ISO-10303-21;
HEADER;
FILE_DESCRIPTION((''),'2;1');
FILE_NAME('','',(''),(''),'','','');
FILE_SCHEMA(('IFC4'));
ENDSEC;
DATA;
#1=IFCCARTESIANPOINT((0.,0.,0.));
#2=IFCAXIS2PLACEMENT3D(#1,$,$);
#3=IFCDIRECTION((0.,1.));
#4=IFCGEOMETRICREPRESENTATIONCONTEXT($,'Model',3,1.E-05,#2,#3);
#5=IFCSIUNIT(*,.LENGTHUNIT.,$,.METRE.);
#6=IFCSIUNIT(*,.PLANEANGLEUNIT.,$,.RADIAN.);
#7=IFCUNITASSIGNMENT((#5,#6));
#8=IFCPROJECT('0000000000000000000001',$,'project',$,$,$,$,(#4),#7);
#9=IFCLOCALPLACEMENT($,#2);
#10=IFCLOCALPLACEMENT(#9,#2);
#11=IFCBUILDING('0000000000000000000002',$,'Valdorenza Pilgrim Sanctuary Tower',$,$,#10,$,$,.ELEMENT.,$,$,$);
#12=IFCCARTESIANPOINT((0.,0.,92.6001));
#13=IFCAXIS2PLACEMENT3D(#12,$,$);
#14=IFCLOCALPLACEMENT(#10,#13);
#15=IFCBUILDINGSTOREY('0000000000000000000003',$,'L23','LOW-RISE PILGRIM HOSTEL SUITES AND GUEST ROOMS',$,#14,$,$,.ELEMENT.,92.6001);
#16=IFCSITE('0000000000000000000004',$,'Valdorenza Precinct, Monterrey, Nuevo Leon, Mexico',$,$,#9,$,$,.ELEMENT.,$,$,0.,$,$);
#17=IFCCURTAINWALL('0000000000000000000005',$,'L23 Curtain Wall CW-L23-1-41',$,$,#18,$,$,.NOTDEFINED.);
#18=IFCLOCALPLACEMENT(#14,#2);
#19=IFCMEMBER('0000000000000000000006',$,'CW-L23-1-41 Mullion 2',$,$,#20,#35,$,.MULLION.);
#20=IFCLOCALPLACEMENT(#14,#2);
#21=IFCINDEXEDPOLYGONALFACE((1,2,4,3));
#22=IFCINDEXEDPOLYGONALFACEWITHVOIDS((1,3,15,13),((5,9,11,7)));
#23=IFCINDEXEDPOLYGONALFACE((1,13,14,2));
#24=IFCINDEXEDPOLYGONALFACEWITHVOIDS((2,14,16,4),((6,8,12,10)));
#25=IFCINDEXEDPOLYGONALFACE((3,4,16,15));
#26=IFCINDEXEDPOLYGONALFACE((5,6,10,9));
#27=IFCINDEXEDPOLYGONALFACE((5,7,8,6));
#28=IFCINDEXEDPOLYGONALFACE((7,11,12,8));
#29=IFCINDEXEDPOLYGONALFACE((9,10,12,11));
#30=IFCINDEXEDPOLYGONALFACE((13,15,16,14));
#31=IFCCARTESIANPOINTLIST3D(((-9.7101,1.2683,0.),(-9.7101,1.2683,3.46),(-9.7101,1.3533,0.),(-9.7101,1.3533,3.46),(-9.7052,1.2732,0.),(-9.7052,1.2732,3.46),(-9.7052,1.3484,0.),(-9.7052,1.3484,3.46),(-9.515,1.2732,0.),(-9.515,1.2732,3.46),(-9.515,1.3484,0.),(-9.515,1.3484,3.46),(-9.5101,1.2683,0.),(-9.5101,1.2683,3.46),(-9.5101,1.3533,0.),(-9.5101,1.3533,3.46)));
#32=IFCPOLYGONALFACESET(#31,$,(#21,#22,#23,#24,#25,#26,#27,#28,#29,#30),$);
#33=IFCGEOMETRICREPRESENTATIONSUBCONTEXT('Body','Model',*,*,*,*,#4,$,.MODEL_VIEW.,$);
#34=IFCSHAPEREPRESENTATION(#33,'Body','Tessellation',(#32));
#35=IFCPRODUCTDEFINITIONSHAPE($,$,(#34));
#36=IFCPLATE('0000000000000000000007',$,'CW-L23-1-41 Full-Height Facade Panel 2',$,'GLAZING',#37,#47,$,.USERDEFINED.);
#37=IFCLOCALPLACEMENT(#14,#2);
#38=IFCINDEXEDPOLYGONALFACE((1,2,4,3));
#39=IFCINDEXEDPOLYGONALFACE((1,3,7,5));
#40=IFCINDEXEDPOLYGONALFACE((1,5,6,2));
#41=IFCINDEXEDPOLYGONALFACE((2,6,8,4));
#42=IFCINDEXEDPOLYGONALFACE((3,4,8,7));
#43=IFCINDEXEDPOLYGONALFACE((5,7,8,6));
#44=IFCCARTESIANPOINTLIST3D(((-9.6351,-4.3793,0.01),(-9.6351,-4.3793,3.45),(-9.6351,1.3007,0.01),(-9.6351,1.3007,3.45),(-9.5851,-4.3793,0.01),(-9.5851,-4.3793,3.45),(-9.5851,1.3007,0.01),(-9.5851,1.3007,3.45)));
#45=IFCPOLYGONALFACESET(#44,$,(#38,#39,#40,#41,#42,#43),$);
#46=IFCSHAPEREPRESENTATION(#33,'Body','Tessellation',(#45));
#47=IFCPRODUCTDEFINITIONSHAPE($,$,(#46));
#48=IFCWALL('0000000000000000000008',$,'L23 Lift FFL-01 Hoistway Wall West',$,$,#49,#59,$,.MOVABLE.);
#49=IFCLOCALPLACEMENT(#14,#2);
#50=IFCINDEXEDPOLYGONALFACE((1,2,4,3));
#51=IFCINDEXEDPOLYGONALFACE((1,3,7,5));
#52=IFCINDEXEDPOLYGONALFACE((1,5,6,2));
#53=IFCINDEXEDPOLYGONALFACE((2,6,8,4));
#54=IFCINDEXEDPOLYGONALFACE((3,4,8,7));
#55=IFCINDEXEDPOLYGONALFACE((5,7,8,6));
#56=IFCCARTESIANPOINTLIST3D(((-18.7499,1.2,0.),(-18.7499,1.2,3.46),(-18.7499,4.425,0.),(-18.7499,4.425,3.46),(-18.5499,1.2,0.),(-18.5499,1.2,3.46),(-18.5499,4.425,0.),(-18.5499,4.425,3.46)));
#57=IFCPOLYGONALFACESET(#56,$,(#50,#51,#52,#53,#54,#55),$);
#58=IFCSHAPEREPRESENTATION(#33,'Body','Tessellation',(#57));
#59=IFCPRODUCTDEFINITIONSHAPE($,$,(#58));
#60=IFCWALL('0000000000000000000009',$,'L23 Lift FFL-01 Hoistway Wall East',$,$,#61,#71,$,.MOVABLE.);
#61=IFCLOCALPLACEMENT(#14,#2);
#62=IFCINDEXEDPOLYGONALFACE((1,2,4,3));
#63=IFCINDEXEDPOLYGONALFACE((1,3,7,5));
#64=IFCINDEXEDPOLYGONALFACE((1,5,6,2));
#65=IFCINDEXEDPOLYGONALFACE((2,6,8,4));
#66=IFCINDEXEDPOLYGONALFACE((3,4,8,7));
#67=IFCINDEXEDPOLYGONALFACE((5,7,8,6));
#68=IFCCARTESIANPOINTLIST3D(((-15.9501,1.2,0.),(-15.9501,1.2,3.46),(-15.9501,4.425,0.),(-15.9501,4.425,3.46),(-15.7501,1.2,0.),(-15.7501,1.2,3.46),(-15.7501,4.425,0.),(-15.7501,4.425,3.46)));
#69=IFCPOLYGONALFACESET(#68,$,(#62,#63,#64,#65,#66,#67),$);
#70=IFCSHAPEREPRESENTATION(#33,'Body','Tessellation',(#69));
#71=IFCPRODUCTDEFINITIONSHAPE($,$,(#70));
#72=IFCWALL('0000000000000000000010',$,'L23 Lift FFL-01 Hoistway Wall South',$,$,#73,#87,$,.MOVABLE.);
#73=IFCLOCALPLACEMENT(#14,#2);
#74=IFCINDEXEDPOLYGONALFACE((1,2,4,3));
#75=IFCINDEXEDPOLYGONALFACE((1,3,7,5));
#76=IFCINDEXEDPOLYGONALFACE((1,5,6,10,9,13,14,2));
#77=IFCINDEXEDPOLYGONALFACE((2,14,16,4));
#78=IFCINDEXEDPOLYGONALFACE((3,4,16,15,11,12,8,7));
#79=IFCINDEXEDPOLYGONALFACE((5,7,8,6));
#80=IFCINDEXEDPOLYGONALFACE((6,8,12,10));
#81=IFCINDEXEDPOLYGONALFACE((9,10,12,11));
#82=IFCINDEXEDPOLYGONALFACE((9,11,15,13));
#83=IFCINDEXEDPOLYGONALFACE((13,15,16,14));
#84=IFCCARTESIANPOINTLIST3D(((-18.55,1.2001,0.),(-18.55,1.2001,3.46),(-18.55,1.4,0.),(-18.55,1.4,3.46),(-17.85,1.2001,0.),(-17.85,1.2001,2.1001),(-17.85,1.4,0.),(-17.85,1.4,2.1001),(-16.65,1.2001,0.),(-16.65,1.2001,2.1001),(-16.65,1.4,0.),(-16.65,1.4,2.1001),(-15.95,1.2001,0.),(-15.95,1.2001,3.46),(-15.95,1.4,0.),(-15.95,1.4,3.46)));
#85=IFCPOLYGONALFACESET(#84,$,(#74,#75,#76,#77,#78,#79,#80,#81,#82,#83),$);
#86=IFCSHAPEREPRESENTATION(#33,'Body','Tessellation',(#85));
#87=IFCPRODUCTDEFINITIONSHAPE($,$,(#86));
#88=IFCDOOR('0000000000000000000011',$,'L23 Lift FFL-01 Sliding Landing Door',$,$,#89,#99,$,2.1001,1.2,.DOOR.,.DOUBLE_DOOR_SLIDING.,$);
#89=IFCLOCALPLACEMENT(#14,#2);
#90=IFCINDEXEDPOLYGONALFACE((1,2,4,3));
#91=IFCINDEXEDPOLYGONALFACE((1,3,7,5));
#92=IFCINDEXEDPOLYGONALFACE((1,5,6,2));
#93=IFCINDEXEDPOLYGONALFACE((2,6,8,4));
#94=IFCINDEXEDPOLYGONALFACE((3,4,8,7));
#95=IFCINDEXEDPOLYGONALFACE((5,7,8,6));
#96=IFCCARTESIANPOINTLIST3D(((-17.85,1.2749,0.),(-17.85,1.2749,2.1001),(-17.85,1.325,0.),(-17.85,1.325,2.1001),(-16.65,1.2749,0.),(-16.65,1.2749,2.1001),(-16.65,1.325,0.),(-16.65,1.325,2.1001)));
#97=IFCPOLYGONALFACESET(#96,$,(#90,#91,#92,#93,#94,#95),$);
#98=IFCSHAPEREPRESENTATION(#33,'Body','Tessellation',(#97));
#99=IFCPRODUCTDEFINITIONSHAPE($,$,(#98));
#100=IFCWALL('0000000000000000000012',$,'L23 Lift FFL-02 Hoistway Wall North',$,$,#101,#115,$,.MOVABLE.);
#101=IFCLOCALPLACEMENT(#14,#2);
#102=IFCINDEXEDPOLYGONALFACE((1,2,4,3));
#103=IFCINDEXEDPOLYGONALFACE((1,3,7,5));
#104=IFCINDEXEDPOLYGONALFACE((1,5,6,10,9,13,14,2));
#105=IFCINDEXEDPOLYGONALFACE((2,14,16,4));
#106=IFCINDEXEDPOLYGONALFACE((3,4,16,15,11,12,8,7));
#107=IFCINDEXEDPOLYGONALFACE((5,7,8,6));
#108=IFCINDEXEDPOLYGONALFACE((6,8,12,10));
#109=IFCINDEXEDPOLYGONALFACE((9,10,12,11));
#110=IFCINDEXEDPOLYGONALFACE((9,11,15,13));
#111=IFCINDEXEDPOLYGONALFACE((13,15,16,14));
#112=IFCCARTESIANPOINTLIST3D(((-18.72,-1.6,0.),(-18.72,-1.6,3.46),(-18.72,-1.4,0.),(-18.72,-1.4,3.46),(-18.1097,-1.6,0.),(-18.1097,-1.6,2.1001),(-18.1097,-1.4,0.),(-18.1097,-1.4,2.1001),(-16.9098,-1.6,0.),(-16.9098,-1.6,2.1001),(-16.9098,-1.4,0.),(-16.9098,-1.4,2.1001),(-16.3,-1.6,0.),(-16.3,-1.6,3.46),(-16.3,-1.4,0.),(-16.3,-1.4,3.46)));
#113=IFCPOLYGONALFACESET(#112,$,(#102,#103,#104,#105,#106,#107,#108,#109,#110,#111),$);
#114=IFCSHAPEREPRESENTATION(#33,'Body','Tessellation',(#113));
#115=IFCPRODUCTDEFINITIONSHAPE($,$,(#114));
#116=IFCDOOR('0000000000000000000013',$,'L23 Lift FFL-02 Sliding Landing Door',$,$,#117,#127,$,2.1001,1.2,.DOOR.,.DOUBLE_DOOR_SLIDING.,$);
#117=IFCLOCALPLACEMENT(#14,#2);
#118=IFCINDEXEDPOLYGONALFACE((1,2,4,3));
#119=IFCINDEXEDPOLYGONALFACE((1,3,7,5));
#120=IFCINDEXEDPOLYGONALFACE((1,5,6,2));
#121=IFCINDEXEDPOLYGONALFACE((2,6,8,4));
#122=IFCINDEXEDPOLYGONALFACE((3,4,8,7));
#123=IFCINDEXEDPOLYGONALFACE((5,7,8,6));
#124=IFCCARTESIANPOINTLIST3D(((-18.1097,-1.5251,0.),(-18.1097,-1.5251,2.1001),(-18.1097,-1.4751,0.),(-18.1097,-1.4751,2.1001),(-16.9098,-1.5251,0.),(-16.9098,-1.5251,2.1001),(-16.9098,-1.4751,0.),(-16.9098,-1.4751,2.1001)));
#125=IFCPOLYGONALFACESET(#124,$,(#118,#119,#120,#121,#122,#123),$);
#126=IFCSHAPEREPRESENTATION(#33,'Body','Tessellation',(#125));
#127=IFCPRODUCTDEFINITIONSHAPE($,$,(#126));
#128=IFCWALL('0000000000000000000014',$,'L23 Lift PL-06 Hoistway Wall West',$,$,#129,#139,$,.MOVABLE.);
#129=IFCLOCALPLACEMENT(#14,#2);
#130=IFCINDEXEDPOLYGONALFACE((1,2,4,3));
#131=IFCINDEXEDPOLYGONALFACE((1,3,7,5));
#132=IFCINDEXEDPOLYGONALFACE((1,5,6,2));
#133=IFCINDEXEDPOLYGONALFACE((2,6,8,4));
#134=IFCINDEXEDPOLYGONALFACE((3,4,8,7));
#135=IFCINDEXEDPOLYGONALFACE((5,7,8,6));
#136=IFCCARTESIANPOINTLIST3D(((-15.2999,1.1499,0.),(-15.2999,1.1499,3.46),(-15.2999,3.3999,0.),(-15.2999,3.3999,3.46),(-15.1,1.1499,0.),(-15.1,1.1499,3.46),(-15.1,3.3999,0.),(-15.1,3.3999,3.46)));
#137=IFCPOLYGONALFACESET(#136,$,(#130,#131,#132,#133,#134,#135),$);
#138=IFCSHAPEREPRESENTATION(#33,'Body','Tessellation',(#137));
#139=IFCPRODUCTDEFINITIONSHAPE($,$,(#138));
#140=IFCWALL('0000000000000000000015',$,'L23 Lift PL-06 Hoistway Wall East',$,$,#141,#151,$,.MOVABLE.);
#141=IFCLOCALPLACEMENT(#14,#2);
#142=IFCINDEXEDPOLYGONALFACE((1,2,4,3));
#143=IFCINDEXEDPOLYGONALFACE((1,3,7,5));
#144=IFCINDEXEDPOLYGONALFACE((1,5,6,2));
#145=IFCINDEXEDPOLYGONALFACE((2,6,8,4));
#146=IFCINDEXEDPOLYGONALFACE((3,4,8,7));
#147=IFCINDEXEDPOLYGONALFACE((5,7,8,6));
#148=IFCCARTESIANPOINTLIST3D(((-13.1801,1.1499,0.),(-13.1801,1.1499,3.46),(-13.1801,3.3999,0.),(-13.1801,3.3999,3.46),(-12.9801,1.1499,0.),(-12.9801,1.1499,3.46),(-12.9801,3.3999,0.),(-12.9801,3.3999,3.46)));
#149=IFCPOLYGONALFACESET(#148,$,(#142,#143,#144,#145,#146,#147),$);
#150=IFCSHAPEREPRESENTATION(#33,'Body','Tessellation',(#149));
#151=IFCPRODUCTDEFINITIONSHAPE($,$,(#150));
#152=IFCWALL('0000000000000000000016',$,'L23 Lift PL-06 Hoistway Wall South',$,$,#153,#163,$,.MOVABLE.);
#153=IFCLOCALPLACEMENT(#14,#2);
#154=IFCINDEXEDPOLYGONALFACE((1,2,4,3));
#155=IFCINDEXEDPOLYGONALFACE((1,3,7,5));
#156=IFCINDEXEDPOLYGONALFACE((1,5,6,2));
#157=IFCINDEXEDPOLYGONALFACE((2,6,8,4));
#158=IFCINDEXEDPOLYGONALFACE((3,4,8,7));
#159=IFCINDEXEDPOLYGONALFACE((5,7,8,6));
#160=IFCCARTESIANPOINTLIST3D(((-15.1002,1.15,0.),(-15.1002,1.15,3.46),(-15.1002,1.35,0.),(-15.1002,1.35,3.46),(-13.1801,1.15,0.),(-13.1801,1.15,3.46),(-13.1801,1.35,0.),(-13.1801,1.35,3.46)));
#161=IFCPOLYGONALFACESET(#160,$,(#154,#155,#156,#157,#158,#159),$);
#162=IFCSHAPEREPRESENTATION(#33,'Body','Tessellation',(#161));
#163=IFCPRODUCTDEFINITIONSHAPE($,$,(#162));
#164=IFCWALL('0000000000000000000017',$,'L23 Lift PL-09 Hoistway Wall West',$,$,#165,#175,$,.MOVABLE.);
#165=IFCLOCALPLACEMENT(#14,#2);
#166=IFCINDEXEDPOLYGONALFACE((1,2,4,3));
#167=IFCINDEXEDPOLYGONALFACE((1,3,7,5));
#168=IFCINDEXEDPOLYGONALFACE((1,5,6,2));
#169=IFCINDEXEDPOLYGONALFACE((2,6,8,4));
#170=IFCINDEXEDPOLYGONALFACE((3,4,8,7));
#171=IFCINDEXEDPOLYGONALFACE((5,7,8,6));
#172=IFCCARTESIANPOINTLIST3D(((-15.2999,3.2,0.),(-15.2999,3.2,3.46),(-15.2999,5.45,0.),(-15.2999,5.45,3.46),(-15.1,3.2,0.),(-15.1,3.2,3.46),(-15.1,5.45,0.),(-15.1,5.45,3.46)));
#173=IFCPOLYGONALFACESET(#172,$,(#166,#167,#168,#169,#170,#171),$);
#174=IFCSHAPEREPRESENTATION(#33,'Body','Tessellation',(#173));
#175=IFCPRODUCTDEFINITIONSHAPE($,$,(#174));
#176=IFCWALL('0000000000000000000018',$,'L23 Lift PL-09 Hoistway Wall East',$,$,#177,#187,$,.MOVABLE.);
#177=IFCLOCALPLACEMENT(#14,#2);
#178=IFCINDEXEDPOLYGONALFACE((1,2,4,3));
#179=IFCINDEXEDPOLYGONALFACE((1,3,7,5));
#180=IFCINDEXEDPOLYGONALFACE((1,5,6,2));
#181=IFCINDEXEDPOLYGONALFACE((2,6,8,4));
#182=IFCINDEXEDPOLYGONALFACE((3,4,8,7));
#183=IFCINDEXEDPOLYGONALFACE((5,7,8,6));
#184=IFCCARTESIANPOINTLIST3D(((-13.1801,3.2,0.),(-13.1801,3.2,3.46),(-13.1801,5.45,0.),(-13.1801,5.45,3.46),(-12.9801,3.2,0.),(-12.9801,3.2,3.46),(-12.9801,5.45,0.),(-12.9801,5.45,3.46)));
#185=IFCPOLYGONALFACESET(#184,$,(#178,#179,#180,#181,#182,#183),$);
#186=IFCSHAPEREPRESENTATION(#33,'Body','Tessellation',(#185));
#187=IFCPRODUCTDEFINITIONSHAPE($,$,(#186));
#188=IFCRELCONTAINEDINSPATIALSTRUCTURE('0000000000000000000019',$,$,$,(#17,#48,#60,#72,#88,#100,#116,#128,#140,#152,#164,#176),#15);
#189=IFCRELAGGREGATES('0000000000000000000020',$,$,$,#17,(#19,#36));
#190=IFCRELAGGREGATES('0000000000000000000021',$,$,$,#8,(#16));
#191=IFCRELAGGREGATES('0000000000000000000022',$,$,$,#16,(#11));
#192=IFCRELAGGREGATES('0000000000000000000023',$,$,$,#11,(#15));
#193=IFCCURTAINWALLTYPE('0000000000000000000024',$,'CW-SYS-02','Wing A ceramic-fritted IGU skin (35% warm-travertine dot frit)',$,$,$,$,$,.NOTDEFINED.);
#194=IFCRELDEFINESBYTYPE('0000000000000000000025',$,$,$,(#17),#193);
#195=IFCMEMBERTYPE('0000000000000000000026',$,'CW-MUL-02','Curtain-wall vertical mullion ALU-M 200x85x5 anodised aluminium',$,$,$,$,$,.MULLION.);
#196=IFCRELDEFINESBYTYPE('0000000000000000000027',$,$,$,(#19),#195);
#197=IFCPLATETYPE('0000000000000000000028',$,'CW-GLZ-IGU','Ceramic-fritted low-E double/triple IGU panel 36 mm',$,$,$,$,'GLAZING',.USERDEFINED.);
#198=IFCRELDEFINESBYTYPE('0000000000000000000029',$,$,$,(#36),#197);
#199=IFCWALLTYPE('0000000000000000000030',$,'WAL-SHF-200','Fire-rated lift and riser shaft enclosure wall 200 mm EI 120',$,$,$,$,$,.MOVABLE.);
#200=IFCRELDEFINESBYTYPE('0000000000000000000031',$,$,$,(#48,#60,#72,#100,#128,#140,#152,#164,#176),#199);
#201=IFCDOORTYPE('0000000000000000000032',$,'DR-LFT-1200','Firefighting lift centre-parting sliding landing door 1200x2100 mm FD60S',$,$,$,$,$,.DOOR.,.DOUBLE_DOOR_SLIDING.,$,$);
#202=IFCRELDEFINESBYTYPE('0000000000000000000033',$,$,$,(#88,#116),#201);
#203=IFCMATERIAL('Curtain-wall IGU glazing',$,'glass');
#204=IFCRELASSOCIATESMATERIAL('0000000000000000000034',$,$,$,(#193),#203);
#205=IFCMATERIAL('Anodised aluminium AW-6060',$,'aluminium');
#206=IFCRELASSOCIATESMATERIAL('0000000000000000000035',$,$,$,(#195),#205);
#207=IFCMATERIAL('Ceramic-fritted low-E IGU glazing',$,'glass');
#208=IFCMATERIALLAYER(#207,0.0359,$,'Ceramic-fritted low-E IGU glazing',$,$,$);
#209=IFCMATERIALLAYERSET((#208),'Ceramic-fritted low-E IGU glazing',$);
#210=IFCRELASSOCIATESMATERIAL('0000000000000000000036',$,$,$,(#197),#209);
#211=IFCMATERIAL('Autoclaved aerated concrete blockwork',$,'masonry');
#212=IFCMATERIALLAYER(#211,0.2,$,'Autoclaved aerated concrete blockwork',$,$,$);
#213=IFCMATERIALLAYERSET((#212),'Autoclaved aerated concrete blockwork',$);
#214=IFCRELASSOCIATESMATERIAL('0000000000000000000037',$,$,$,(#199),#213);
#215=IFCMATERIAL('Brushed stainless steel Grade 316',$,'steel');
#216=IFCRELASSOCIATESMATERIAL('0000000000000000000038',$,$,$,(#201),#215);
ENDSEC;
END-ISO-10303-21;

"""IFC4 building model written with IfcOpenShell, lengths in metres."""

from ifc_helpers import new_model, si_unit, direction, frame, frame_2d, origin, origin_2d, place, context, subcontext, project, spatial, rectangle, hollow_rectangle, extrude, source, transform, mapped, material, layer, layer_set, material_profile, profile_set, type_object, element, fill, aggregate, save


model = new_model("IFC4")

# Units and contexts
model_context = context("Model", 3, precision=1e-05, world=origin(), true_north=direction((0.0, 1.0)))
body_context = subcontext(model_context, "Body", "Model", "MODEL_VIEW")
ifc_project = project(units=[si_unit("LENGTHUNIT", "METRE"), si_unit("PLANEANGLEUNIT", "RADIAN")], contexts=[model_context])

# Site, building, storey
site_placement = place(None, origin())
site = spatial("IfcSite", under=ifc_project, at=site_placement, Name="Valdorenza Precinct, Monterrey, Nuevo Leon, Mexico", CompositionType="ELEMENT", RefElevation=0.0)
building_placement = place(site_placement, origin())
building = spatial("IfcBuilding", under=site, at=building_placement, Name="Valdorenza Pilgrim Sanctuary Tower", CompositionType="ELEMENT")
storey_placement = place(building_placement, frame((0.0, 0.0, 92.6001)))
storey = spatial("IfcBuildingStorey", under=building, at=storey_placement, Name="L23", Description="LOW-RISE PILGRIM HOSTEL SUITES AND GUEST ROOMS", CompositionType="ELEMENT", Elevation=92.6001)

# Curtain wall, member, plate
ifc_material_1 = material(Name="Curtain-wall IGU glazing", Category="glass")
curtain_wall_type = type_object("IfcCurtainWallType", Name="CW-SYS-02", Description="Wing A ceramic-fritted IGU skin (35% warm-travertine dot frit)", PredefinedType="NOTDEFINED", material=ifc_material_1)
curtain_wall_placement = place(storey_placement, origin())
curtain_wall = element("IfcCurtainWall", 1, at=curtain_wall_placement, inside=storey, type_object=curtain_wall_type, Name="L23 Curtain Wall CW-L23-1-41", PredefinedType="NOTDEFINED")
ifc_material_2 = material(Name="Anodised aluminium AW-6060", Category="aluminium")
ifc_material_profile = material_profile(ifc_material_2, hollow_rectangle(XDim=0.085, YDim=0.2, WallThickness=0.0049, at=origin_2d()), Name="ALU-M 200x85x5")
ifc_profile_set = profile_set([ifc_material_profile], Name="Anodised aluminium AW-6060")
member_type = type_object("IfcMemberType", Name="CW-MUL-02", Description="Curtain-wall vertical mullion ALU-M 200x85x5 anodised aluminium", PredefinedType="MULLION", material=ifc_profile_set)
shared_shape_1 = source(origin(), body_context, "Body", "SweptSolid", [
    extrude(hollow_rectangle(XDim=0.085, YDim=0.2, WallThickness=0.0049, at=origin_2d()), origin(), (0.0, 0.0, 1.0), 3.46),
])
member_placement = place(storey_placement, frame((-9.6101, 1.3108, 0.0), z_axis=(0.0, 0.0, 1.0), x_axis=(0.0, -1.0, 0.0)))
member = element("IfcMember", 2, at=member_placement, type_object=member_type, Name="CW-L23-1-41 Mullion 2", PredefinedType="MULLION", context=body_context, shape_type="MappedRepresentation", body=[
    mapped(shared_shape_1, transform((0.0, 0.0, 0.0), x_axis=(1.0, 0.0, 0.0), y_axis=(0.0, 1.0, 0.0), z_axis=(0.0, 0.0, 1.0), scale=1.0)),
])
ifc_material_3 = material(Name="Ceramic-fritted low-E IGU glazing", Category="glass")
ifc_layer_1 = layer(ifc_material_3, 0.0359, Name="Ceramic-fritted low-E IGU glazing")
ifc_layer_set_1 = layer_set([ifc_layer_1], Name="Ceramic-fritted low-E IGU glazing")
plate_type = type_object("IfcPlateType", Name="CW-GLZ-IGU", Description="Ceramic-fritted low-E double/triple IGU panel 36 mm", ElementType="GLAZING", PredefinedType="USERDEFINED", material=ifc_layer_set_1)
shared_shape_2 = source(origin(), body_context, "Body", "SweptSolid", [
    extrude(rectangle(XDim=5.6799, YDim=0.05, at=origin_2d()), origin(), (0.0, 0.0, 1.0), 3.4399),
])
plate_placement = place(storey_placement, frame((-9.6101, -1.5393, 0.01), z_axis=(0.0, 0.0, 1.0), x_axis=(0.0, -1.0, 0.0)))
plate = element("IfcPlate", 3, at=plate_placement, type_object=plate_type, Name="CW-L23-1-41 Full-Height Facade Panel 2", ObjectType="GLAZING", PredefinedType="USERDEFINED", context=body_context, shape_type="MappedRepresentation", body=[
    mapped(shared_shape_2, transform((0.0, 0.0, 0.0), x_axis=(1.0, 0.0, 0.0), y_axis=(0.0, 1.0, 0.0), z_axis=(0.0, 0.0, 1.0), scale=1.0)),
])
aggregate(curtain_wall, [member, plate])

# Walls
ifc_material_4 = material(Name="Autoclaved aerated concrete blockwork", Category="masonry")
ifc_layer_2 = layer(ifc_material_4, 0.2, Name="Autoclaved aerated concrete blockwork")
ifc_layer_set_2 = layer_set([ifc_layer_2], Name="Autoclaved aerated concrete blockwork")
wall_type_1 = type_object("IfcWallType", Name="WAL-SHF-200", Description="Fire-rated lift and riser shaft enclosure wall 200 mm EI 120", PredefinedType="MOVABLE", material=ifc_layer_set_2)
for number, where, z_axis, x_axis, name in (
    (4, (-18.6499, 1.2, 0.0), (0.0, 0.0, 1.0), (0.0, 1.0, 0.0), "L23 Lift FFL-01 Hoistway Wall West"),
    (5, (-15.8501, 1.2, 0.0), (0.0, 0.0, 1.0), (0.0, 1.0, 0.0), "L23 Lift FFL-01 Hoistway Wall East"),
):
    element("IfcWall", number, at=place(storey_placement, frame(where, z_axis=z_axis, x_axis=x_axis)), inside=storey, type_object=wall_type_1, Name=name, PredefinedType="MOVABLE", context=body_context, shape_type="SweptSolid", body=[
        extrude(rectangle(XDim=3.2251, YDim=0.2, at=frame_2d((1.6125, 0.0))), origin(), (0.0, 0.0, 1.0), 3.46),
    ])

# Walls, openings, doors
wall_1_placement = place(storey_placement, frame((-18.55, 1.3, 0.0), z_axis=(0.0, 0.0, 1.0), x_axis=(1.0, 0.0, 0.0)))
wall_1 = element("IfcWall", 6, at=wall_1_placement, inside=storey, type_object=wall_type_1, Name="L23 Lift FFL-01 Hoistway Wall South", PredefinedType="MOVABLE", context=body_context, shape_type="SweptSolid", body=[
    extrude(rectangle(XDim=2.6001, YDim=0.2, at=frame_2d((1.3, 0.0))), origin(), (0.0, 0.0, 1.0), 3.46),
])
opening_1_placement = place(wall_1_placement, frame((0.7, 0.0, 0.0)))
opening_1 = element("IfcOpeningElement", 7, at=opening_1_placement, cuts=wall_1, PredefinedType="OPENING", context=body_context, shape_type="SweptSolid", body=[
    extrude(rectangle(XDim=1.2, YDim=2.1001, at=frame_2d((0.6001, 1.05))), frame((0.0, 0.1147, 0.0), z_axis=(0.0, -1.0, 0.0), x_axis=(1.0, 0.0, 0.0)), (0.0, 0.0, 1.0), 0.2297),
])
ifc_material_5 = material(Name="Brushed stainless steel Grade 316", Category="steel")
door_type_1 = type_object("IfcDoorType", Name="DR-LFT-1200", Description="Firefighting lift centre-parting sliding landing door 1200x2100 mm FD60S", OperationType="DOUBLE_DOOR_SLIDING", PredefinedType="DOOR", material=ifc_material_5)
door_1_placement = place(opening_1_placement, origin())
door_1 = element("IfcDoor", 8, at=door_1_placement, inside=storey, type_object=door_type_1, Name="L23 Lift FFL-01 Sliding Landing Door", OperationType="DOUBLE_DOOR_SLIDING", OverallHeight=2.1001, OverallWidth=1.2, PredefinedType="DOOR", context=body_context, shape_type="SweptSolid", body=[
    extrude(rectangle(XDim=1.2, YDim=2.1001, at=frame_2d((0.6001, 1.05))), frame((0.0, 0.0249, 0.0), z_axis=(0.0, -1.0, 0.0), x_axis=(1.0, 0.0, 0.0)), (0.0, 0.0, 1.0), 0.05),
])
fill(opening_1, door_1)
wall_2_placement = place(storey_placement, frame((-18.72, -1.5, 0.0), z_axis=(0.0, 0.0, 1.0), x_axis=(1.0, 0.0, 0.0)))
wall_2 = element("IfcWall", 9, at=wall_2_placement, inside=storey, type_object=wall_type_1, Name="L23 Lift FFL-02 Hoistway Wall North", PredefinedType="MOVABLE", context=body_context, shape_type="SweptSolid", body=[
    extrude(rectangle(XDim=2.4199, YDim=0.2, at=frame_2d((1.21, 0.0))), origin(), (0.0, 0.0, 1.0), 3.46),
])
opening_2_placement = place(wall_2_placement, frame((0.6101, 0.0, 0.0)))
opening_2 = element("IfcOpeningElement", 10, at=opening_2_placement, cuts=wall_2, PredefinedType="OPENING", context=body_context, shape_type="SweptSolid", body=[
    extrude(rectangle(XDim=1.2, YDim=2.1001, at=frame_2d((0.6001, 1.05))), frame((0.0, 0.1147, 0.0), z_axis=(0.0, -1.0, 0.0), x_axis=(1.0, 0.0, 0.0)), (0.0, 0.0, 1.0), 0.2297),
])
door_2_placement = place(opening_2_placement, origin())
door_2 = element("IfcDoor", 11, at=door_2_placement, inside=storey, type_object=door_type_1, Name="L23 Lift FFL-02 Sliding Landing Door", OperationType="DOUBLE_DOOR_SLIDING", OverallHeight=2.1001, OverallWidth=1.2, PredefinedType="DOOR", context=body_context, shape_type="SweptSolid", body=[
    extrude(rectangle(XDim=1.2, YDim=2.1001, at=frame_2d((0.6001, 1.05))), frame((0.0, 0.0249, 0.0), z_axis=(0.0, -1.0, 0.0), x_axis=(1.0, 0.0, 0.0)), (0.0, 0.0, 1.0), 0.05),
])
fill(opening_2, door_2)

# Walls
for number, where, z_axis, x_axis, name in (
    (12, (-15.2, 1.1499, 0.0), (0.0, 0.0, 1.0), (0.0, 1.0, 0.0), "L23 Lift PL-06 Hoistway Wall West"),
    (13, (-13.0801, 1.1499, 0.0), (0.0, 0.0, 1.0), (0.0, 1.0, 0.0), "L23 Lift PL-06 Hoistway Wall East"),
):
    element("IfcWall", number, at=place(storey_placement, frame(where, z_axis=z_axis, x_axis=x_axis)), inside=storey, type_object=wall_type_1, Name=name, PredefinedType="MOVABLE", context=body_context, shape_type="SweptSolid", body=[
        extrude(rectangle(XDim=2.25, YDim=0.2, at=frame_2d((1.125, 0.0))), origin(), (0.0, 0.0, 1.0), 3.46),
    ])
wall_3_placement = place(storey_placement, frame((-15.1001, 1.25, 0.0), z_axis=(0.0, 0.0, 1.0), x_axis=(1.0, 0.0, 0.0)))
element("IfcWall", 14, at=wall_3_placement, inside=storey, type_object=wall_type_1, Name="L23 Lift PL-06 Hoistway Wall South", PredefinedType="MOVABLE", context=body_context, shape_type="SweptSolid", body=[
    extrude(rectangle(XDim=1.9202, YDim=0.2, at=frame_2d((0.96, 0.0))), origin(), (0.0, 0.0, 1.0), 3.46),
])
for number, where, z_axis, x_axis, name in (
    (15, (-15.2, 3.2, 0.0), (0.0, 0.0, 1.0), (0.0, 1.0, 0.0), "L23 Lift PL-09 Hoistway Wall West"),
    (16, (-13.0801, 3.2, 0.0), (0.0, 0.0, 1.0), (0.0, 1.0, 0.0), "L23 Lift PL-09 Hoistway Wall East"),
):
    element("IfcWall", number, at=place(storey_placement, frame(where, z_axis=z_axis, x_axis=x_axis)), inside=storey, type_object=wall_type_1, Name=name, PredefinedType="MOVABLE", context=body_context, shape_type="SweptSolid", body=[
        extrude(rectangle(XDim=2.25, YDim=0.2, at=frame_2d((1.125, 0.0))), origin(), (0.0, 0.0, 1.0), 3.46),
    ])

save(model, "model.ifc")
